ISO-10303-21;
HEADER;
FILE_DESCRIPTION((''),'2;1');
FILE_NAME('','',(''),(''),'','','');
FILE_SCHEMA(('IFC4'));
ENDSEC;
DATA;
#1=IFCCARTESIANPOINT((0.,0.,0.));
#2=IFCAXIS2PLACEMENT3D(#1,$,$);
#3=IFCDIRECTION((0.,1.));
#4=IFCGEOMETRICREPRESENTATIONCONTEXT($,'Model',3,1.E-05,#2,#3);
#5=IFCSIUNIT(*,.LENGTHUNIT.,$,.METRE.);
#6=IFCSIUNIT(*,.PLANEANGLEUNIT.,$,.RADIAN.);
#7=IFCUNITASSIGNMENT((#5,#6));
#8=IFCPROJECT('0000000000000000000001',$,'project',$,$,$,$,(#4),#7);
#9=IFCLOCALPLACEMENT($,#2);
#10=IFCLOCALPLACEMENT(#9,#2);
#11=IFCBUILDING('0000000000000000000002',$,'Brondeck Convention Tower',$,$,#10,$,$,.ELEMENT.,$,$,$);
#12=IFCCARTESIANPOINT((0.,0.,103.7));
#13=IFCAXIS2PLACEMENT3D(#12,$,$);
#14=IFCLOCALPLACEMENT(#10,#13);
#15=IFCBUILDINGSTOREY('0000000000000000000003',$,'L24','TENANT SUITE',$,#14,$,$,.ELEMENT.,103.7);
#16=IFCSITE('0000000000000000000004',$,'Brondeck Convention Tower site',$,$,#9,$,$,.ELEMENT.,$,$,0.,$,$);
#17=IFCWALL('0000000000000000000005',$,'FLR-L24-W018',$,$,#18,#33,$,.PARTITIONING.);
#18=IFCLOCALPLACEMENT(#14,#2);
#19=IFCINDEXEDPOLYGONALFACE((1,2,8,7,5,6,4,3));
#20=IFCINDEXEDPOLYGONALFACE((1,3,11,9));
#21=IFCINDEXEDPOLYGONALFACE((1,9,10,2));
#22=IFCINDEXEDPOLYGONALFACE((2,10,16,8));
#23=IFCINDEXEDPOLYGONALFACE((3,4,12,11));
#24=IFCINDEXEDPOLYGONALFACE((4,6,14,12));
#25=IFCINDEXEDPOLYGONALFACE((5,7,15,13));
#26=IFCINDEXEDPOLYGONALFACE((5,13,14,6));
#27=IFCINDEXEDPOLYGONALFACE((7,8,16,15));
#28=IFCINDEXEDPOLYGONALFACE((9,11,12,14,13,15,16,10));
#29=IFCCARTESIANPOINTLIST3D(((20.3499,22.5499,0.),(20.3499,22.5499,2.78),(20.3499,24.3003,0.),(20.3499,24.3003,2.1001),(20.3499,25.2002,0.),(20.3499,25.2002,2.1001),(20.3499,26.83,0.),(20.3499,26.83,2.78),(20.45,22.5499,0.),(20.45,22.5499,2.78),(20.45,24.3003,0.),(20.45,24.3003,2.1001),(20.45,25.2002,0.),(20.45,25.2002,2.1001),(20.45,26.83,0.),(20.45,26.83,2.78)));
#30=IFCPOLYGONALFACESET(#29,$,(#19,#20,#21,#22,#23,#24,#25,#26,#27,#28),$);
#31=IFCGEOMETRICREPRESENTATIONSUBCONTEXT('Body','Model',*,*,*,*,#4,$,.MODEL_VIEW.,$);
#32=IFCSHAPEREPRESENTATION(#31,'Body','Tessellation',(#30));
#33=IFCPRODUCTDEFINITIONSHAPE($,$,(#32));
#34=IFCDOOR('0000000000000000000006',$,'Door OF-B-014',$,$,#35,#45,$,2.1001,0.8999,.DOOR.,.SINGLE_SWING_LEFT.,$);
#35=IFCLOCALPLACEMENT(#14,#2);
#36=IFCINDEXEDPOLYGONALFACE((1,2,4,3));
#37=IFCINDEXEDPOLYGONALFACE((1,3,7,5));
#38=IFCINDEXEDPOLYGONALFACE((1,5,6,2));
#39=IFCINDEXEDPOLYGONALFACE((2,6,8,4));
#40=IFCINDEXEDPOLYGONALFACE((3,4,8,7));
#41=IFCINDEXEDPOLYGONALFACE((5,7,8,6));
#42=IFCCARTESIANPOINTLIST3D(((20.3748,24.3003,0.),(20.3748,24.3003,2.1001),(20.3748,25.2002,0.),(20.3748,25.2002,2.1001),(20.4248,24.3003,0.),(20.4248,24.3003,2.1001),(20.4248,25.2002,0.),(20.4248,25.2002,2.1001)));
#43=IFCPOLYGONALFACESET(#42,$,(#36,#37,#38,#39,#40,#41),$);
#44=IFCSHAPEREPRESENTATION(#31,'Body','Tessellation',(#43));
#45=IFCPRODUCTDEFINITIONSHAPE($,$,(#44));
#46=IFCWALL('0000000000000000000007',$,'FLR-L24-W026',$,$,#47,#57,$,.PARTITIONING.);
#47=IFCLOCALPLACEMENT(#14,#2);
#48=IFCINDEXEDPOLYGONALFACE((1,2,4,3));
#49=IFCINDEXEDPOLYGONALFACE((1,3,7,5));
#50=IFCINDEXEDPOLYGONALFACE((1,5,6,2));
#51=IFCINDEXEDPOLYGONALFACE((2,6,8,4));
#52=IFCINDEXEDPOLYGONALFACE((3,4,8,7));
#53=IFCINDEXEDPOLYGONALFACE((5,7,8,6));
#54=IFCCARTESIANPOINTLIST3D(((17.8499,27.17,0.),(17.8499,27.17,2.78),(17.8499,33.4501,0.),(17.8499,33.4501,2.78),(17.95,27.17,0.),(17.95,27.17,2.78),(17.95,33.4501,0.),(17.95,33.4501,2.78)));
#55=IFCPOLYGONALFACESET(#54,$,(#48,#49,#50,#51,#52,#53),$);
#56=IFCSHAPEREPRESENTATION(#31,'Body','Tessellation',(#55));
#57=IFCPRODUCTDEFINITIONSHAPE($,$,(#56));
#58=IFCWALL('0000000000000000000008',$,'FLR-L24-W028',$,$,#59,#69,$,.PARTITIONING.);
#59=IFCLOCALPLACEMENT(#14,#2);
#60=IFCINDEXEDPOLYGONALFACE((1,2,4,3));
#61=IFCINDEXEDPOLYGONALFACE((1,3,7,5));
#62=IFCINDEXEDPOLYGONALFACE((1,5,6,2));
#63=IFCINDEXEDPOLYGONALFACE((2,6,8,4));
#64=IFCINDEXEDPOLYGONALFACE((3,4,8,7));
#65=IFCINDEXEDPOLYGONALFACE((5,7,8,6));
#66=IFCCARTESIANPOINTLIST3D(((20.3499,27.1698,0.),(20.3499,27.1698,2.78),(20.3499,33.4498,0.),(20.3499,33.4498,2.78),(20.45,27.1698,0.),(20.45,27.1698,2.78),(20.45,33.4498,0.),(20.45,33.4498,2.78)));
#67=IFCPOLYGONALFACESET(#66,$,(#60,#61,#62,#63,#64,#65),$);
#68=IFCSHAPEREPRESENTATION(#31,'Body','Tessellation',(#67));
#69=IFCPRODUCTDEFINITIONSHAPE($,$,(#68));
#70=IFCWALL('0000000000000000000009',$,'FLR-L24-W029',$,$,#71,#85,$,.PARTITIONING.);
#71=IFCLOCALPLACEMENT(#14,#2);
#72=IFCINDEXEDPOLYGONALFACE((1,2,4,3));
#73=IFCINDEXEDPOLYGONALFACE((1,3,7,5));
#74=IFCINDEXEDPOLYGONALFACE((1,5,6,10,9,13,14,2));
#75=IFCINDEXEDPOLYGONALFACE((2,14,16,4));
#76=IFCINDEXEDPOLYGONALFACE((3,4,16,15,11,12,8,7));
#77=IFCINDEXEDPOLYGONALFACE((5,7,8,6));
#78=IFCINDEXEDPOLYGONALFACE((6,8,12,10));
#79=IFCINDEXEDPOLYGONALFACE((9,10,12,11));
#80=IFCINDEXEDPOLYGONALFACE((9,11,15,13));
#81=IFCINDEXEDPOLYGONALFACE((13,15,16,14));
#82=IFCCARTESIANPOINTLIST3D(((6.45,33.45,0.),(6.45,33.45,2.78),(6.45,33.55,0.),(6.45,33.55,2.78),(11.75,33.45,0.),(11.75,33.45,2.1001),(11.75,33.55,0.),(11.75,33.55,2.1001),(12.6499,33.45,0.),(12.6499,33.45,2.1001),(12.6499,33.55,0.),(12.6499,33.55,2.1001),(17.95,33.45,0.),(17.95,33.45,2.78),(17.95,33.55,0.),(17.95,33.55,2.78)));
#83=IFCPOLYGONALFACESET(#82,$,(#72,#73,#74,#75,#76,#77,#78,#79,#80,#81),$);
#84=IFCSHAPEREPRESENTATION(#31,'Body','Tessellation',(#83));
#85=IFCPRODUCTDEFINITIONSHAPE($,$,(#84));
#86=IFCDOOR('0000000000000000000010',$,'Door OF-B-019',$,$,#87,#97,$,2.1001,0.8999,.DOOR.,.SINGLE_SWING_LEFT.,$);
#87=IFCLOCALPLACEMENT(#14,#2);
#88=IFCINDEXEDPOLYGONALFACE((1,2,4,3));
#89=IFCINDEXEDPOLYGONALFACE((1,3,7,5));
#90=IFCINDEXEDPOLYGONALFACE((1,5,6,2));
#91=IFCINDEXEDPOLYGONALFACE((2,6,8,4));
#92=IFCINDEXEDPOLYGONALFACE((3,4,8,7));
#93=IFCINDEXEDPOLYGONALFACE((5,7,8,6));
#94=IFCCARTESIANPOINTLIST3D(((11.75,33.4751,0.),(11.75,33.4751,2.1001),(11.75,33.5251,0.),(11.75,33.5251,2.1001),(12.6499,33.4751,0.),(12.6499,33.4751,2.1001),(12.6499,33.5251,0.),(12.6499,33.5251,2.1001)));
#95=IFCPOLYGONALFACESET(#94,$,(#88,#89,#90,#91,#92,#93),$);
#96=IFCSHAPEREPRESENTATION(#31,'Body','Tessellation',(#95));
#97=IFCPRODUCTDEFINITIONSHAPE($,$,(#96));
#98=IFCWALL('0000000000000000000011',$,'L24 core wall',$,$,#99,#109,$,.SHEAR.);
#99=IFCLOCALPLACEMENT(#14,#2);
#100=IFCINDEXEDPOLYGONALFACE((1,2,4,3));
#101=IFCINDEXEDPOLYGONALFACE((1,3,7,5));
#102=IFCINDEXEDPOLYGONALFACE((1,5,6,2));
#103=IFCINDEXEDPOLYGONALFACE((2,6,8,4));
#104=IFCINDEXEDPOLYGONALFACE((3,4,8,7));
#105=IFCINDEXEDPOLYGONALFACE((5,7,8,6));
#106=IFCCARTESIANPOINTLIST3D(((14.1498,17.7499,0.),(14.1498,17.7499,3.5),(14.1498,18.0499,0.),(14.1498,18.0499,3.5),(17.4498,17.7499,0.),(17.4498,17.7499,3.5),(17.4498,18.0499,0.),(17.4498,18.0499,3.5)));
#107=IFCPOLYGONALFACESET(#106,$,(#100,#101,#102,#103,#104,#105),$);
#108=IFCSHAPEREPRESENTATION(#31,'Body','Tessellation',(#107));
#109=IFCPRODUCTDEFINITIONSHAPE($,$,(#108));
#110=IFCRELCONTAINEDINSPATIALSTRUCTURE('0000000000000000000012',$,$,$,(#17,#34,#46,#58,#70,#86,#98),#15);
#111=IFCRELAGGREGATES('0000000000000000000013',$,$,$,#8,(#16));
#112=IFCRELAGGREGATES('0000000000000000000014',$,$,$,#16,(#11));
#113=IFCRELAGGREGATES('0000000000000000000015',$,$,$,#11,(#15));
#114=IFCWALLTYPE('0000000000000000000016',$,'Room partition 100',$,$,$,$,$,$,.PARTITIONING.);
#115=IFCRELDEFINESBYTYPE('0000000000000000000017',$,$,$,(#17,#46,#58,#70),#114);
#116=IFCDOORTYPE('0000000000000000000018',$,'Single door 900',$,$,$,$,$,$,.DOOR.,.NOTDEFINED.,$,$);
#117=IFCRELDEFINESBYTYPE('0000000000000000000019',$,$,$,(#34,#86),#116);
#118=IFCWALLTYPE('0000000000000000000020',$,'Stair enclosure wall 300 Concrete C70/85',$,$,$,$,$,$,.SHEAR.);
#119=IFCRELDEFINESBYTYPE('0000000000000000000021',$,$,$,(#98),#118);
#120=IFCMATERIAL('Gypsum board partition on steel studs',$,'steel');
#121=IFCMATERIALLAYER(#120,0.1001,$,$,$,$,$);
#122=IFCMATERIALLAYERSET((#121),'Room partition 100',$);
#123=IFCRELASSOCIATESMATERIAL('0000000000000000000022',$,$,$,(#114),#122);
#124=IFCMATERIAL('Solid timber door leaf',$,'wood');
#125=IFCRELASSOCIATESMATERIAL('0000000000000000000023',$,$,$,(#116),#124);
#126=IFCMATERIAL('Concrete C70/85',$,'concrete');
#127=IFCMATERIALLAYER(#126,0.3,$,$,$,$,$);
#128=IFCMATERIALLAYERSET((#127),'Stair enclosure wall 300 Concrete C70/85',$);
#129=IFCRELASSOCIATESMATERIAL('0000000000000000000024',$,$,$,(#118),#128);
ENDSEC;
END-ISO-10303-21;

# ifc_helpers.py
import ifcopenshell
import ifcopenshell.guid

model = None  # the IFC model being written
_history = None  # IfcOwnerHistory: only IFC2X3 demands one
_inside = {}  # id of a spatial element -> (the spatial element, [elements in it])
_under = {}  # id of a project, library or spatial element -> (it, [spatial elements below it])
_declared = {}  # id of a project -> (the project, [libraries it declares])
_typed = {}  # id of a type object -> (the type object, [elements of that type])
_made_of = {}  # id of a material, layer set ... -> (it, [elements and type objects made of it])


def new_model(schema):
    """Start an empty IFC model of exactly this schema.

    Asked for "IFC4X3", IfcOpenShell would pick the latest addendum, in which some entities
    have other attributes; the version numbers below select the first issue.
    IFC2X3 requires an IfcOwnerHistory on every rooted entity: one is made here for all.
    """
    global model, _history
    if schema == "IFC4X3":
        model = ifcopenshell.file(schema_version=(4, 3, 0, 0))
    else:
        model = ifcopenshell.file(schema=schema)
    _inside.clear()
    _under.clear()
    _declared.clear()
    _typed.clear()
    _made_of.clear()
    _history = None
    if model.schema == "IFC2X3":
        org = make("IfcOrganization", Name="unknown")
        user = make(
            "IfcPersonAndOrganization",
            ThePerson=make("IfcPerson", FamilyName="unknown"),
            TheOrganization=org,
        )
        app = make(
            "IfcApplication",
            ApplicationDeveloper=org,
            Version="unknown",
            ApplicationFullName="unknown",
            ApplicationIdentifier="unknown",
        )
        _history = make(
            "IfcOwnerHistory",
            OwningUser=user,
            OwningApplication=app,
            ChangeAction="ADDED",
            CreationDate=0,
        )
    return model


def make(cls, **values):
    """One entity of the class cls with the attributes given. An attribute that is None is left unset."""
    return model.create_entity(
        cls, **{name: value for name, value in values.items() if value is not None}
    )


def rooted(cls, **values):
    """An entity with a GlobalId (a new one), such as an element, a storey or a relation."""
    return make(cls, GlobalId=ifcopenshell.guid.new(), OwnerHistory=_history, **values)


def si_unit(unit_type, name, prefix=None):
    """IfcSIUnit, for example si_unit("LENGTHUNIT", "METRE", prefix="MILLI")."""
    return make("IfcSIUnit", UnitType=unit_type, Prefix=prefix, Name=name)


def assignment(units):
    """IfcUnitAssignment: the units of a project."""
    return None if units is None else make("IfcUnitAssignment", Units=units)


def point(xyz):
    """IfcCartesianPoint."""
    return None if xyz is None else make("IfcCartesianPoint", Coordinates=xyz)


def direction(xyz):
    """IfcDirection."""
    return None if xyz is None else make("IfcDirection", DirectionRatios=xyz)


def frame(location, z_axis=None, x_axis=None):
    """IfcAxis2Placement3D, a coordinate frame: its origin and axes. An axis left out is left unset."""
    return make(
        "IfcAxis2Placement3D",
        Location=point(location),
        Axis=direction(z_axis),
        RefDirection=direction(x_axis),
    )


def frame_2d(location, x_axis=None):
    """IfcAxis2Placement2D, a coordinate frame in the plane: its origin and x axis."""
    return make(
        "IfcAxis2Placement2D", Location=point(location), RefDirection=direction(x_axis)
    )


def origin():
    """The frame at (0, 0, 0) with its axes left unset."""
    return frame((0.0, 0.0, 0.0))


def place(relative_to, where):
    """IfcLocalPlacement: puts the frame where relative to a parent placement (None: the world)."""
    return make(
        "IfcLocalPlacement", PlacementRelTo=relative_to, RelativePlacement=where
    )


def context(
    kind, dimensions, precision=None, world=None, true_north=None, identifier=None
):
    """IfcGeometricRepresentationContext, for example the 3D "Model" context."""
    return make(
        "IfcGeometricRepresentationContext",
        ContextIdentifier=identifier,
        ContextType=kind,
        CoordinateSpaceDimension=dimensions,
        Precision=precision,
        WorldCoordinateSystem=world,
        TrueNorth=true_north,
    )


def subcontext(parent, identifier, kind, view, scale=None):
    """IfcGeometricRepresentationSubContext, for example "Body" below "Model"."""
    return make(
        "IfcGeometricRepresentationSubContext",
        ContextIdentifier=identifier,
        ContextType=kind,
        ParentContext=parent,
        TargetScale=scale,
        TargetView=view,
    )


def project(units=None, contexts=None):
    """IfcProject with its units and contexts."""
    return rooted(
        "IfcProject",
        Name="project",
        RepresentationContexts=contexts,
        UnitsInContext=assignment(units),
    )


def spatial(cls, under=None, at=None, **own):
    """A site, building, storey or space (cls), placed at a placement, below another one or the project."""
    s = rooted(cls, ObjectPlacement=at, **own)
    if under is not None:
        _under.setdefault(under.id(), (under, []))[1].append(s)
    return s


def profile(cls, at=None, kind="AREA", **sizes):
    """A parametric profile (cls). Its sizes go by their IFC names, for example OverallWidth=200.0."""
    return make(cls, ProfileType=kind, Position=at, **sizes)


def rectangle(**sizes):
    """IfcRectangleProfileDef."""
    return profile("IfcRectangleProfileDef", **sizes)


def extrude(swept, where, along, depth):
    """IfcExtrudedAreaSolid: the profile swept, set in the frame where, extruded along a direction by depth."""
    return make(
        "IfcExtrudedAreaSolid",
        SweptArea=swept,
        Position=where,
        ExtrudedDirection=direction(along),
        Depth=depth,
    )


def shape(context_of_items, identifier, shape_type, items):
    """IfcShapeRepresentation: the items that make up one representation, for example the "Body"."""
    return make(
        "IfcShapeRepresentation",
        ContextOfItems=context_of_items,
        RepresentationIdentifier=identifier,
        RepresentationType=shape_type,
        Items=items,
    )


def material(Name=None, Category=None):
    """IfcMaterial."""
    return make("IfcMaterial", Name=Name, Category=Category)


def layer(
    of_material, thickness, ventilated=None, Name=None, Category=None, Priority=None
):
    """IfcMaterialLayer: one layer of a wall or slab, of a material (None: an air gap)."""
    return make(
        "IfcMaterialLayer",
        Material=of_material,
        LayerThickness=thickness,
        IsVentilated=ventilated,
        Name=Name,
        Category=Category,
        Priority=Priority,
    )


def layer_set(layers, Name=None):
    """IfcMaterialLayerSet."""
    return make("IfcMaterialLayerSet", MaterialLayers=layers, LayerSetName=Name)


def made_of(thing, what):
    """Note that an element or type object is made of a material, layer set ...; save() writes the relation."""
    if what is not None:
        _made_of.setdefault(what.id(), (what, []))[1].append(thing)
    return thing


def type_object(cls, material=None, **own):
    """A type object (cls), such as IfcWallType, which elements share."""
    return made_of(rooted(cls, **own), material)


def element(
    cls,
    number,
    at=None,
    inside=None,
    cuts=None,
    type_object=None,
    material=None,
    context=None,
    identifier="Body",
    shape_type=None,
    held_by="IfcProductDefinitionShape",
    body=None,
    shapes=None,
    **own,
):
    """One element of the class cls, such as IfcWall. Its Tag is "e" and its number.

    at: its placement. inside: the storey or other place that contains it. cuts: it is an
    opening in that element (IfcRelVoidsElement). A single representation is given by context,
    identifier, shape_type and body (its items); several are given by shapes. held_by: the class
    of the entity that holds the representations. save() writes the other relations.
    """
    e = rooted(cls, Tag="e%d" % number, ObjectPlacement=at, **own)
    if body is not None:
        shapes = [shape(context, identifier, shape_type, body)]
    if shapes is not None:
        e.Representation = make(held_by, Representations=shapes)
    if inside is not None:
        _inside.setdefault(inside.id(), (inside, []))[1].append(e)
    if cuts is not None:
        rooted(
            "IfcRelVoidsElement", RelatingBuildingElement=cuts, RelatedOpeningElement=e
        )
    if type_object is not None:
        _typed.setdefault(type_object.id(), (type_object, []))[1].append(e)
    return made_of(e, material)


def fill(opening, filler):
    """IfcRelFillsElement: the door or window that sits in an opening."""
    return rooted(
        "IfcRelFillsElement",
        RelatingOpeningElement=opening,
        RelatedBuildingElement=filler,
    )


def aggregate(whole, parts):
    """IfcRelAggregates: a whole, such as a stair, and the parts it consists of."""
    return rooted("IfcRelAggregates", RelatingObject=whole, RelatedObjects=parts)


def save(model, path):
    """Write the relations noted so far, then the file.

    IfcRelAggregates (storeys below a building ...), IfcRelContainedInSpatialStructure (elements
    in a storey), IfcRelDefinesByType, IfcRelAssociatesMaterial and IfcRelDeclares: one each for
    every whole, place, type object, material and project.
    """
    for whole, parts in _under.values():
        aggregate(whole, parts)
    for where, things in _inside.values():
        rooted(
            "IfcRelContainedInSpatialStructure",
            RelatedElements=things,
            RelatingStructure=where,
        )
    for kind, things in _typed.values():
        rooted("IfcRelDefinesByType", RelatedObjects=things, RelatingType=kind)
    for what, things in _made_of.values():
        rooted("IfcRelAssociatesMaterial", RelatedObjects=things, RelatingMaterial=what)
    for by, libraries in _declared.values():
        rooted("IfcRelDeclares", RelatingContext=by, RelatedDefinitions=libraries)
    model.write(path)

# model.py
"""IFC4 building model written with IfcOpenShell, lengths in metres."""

from ifc_helpers import new_model, si_unit, direction, frame, frame_2d, origin, place, context, subcontext, project, spatial, rectangle, extrude, material, layer, layer_set, type_object, element, fill, save


model = new_model("IFC4")

# Units and contexts
model_context = context("Model", 3, precision=1e-05, world=origin(), true_north=direction((0.0, 1.0)))
body_context = subcontext(model_context, "Body", "Model", "MODEL_VIEW")
ifc_project = project(units=[si_unit("LENGTHUNIT", "METRE"), si_unit("PLANEANGLEUNIT", "RADIAN")], contexts=[model_context])

# Site, building, storey
site_placement = place(None, origin())
site = spatial("IfcSite", under=ifc_project, at=site_placement, Name="Brondeck Convention Tower site", CompositionType="ELEMENT", RefElevation=0.0)
building_placement = place(site_placement, origin())
building = spatial("IfcBuilding", under=site, at=building_placement, Name="Brondeck Convention Tower", CompositionType="ELEMENT")
storey_placement = place(building_placement, frame((0.0, 0.0, 103.7)))
storey = spatial("IfcBuildingStorey", under=building, at=storey_placement, Name="L24", Description="TENANT SUITE", CompositionType="ELEMENT", Elevation=103.7)

# Shared definitions
ifc_material_1 = material(Name="Concrete C70/85", Category="concrete")

# Shared definitions
ifc_material_2 = material(Name="Gypsum board partition on steel studs", Category="steel")
ifc_layer_1 = layer(ifc_material_2, 0.1001)
ifc_layer_set_1 = layer_set([ifc_layer_1], Name="Room partition 100")
wall_type_1 = type_object("IfcWallType", Name="Room partition 100", PredefinedType="PARTITIONING", material=ifc_layer_set_1)
ifc_material_3 = material(Name="Solid timber door leaf", Category="wood")
door_type_1 = type_object("IfcDoorType", Name="Single door 900", OperationType="NOTDEFINED", PredefinedType="DOOR", material=ifc_material_3)

# Wall, opening, door
wall_1_placement = place(storey_placement, frame((20.3999, 26.8301, 0.0), z_axis=(0.0, 0.0, 1.0), x_axis=(0.0, -1.0, 0.0)))
wall_1 = element("IfcWall", 1, at=wall_1_placement, inside=storey, type_object=wall_type_1, Name="FLR-L24-W018", PredefinedType="PARTITIONING", context=body_context, shape_type="SweptSolid", body=[
    extrude(rectangle(XDim=4.28, YDim=0.1001, at=frame_2d((2.1401, 0.0))), origin(), (0.0, 0.0, 1.0), 2.78),
])
opening_1_placement = place(wall_1_placement, frame((1.6299, 0.0, 0.0)))
opening_1 = element("IfcOpeningElement", 2, at=opening_1_placement, cuts=wall_1, PredefinedType="OPENING", context=body_context, shape_type="SweptSolid", body=[
    extrude(rectangle(XDim=0.8999, YDim=2.1001, at=frame_2d((0.45, 1.05))), frame((0.0, 0.0601, 0.0), z_axis=(0.0, -1.0, 0.0), x_axis=(1.0, 0.0, 0.0)), (0.0, 0.0, 1.0), 0.1201),
])
door_1_placement = place(opening_1_placement, origin())
door_1 = element("IfcDoor", 3, at=door_1_placement, inside=storey, type_object=door_type_1, Name="Door OF-B-014", OperationType="SINGLE_SWING_LEFT", OverallHeight=2.1001, OverallWidth=0.8999, PredefinedType="DOOR", context=body_context, shape_type="SweptSolid", body=[
    extrude(rectangle(XDim=0.8999, YDim=2.1001, at=frame_2d((0.45, 1.05))), frame((0.0, 0.0249, 0.0), z_axis=(0.0, -1.0, 0.0), x_axis=(1.0, 0.0, 0.0)), (0.0, 0.0, 1.0), 0.05),
])
fill(opening_1, door_1)

# Walls
for number, where, z_axis, x_axis, name in (
    (4, (17.8999, 27.1699, 0.0), (0.0, 0.0, 1.0), (0.0, 1.0, 0.0), "FLR-L24-W026"),
    (5, (20.3999, 33.45, 0.0), (0.0, 0.0, 1.0), (0.0, -1.0, 0.0), "FLR-L24-W028"),
):
    element("IfcWall", number, at=place(storey_placement, frame(where, z_axis=z_axis, x_axis=x_axis)), inside=storey, type_object=wall_type_1, Name=name, PredefinedType="PARTITIONING", context=body_context, shape_type="SweptSolid", body=[
        extrude(rectangle(XDim=6.28, YDim=0.1001, at=frame_2d((3.1401, 0.0))), origin(), (0.0, 0.0, 1.0), 2.78),
    ])

# Wall, opening, door
wall_2_placement = place(storey_placement, frame((17.95, 33.5, 0.0), z_axis=(0.0, 0.0, 1.0), x_axis=(-1.0, 0.0, 0.0)))
wall_2 = element("IfcWall", 6, at=wall_2_placement, inside=storey, type_object=wall_type_1, Name="FLR-L24-W029", PredefinedType="PARTITIONING", context=body_context, shape_type="SweptSolid", body=[
    extrude(rectangle(XDim=11.5, YDim=0.1001, at=frame_2d((5.75, 0.0))), origin(), (0.0, 0.0, 1.0), 2.78),
])
opening_2_placement = place(wall_2_placement, frame((5.3, 0.0, 0.0)))
opening_2 = element("IfcOpeningElement", 7, at=opening_2_placement, cuts=wall_2, PredefinedType="OPENING", context=body_context, shape_type="SweptSolid", body=[
    extrude(rectangle(XDim=0.8999, YDim=2.1001, at=frame_2d((0.45, 1.05))), frame((0.0, 0.0601, 0.0), z_axis=(0.0, -1.0, 0.0), x_axis=(1.0, 0.0, 0.0)), (0.0, 0.0, 1.0), 0.1201),
])
door_2_placement = place(opening_2_placement, origin())
door_2 = element("IfcDoor", 8, at=door_2_placement, inside=storey, type_object=door_type_1, Name="Door OF-B-019", OperationType="SINGLE_SWING_LEFT", OverallHeight=2.1001, OverallWidth=0.8999, PredefinedType="DOOR", context=body_context, shape_type="SweptSolid", body=[
    extrude(rectangle(XDim=0.8999, YDim=2.1001, at=frame_2d((0.45, 1.05))), frame((0.0, 0.0249, 0.0), z_axis=(0.0, -1.0, 0.0), x_axis=(1.0, 0.0, 0.0)), (0.0, 0.0, 1.0), 0.05),
])
fill(opening_2, door_2)

# Wall
ifc_layer_2 = layer(ifc_material_1, 0.3)
ifc_layer_set_2 = layer_set([ifc_layer_2], Name="Stair enclosure wall 300 Concrete C70/85")
wall_type_2 = type_object("IfcWallType", Name="Stair enclosure wall 300 Concrete C70/85", PredefinedType="SHEAR", material=ifc_layer_set_2)
wall_3_placement = place(storey_placement, frame((14.1499, 17.8999, 0.0), z_axis=(0.0, 0.0, 1.0), x_axis=(1.0, 0.0, 0.0)))
element("IfcWall", 9, at=wall_3_placement, inside=storey, type_object=wall_type_2, Name="L24 core wall", PredefinedType="SHEAR", context=body_context, shape_type="SweptSolid", body=[
    extrude(rectangle(XDim=3.3, YDim=0.3, at=frame_2d((1.6499, 0.0))), origin(), (0.0, 0.0, 1.0), 3.5),
])

save(model, "model.ifc")
